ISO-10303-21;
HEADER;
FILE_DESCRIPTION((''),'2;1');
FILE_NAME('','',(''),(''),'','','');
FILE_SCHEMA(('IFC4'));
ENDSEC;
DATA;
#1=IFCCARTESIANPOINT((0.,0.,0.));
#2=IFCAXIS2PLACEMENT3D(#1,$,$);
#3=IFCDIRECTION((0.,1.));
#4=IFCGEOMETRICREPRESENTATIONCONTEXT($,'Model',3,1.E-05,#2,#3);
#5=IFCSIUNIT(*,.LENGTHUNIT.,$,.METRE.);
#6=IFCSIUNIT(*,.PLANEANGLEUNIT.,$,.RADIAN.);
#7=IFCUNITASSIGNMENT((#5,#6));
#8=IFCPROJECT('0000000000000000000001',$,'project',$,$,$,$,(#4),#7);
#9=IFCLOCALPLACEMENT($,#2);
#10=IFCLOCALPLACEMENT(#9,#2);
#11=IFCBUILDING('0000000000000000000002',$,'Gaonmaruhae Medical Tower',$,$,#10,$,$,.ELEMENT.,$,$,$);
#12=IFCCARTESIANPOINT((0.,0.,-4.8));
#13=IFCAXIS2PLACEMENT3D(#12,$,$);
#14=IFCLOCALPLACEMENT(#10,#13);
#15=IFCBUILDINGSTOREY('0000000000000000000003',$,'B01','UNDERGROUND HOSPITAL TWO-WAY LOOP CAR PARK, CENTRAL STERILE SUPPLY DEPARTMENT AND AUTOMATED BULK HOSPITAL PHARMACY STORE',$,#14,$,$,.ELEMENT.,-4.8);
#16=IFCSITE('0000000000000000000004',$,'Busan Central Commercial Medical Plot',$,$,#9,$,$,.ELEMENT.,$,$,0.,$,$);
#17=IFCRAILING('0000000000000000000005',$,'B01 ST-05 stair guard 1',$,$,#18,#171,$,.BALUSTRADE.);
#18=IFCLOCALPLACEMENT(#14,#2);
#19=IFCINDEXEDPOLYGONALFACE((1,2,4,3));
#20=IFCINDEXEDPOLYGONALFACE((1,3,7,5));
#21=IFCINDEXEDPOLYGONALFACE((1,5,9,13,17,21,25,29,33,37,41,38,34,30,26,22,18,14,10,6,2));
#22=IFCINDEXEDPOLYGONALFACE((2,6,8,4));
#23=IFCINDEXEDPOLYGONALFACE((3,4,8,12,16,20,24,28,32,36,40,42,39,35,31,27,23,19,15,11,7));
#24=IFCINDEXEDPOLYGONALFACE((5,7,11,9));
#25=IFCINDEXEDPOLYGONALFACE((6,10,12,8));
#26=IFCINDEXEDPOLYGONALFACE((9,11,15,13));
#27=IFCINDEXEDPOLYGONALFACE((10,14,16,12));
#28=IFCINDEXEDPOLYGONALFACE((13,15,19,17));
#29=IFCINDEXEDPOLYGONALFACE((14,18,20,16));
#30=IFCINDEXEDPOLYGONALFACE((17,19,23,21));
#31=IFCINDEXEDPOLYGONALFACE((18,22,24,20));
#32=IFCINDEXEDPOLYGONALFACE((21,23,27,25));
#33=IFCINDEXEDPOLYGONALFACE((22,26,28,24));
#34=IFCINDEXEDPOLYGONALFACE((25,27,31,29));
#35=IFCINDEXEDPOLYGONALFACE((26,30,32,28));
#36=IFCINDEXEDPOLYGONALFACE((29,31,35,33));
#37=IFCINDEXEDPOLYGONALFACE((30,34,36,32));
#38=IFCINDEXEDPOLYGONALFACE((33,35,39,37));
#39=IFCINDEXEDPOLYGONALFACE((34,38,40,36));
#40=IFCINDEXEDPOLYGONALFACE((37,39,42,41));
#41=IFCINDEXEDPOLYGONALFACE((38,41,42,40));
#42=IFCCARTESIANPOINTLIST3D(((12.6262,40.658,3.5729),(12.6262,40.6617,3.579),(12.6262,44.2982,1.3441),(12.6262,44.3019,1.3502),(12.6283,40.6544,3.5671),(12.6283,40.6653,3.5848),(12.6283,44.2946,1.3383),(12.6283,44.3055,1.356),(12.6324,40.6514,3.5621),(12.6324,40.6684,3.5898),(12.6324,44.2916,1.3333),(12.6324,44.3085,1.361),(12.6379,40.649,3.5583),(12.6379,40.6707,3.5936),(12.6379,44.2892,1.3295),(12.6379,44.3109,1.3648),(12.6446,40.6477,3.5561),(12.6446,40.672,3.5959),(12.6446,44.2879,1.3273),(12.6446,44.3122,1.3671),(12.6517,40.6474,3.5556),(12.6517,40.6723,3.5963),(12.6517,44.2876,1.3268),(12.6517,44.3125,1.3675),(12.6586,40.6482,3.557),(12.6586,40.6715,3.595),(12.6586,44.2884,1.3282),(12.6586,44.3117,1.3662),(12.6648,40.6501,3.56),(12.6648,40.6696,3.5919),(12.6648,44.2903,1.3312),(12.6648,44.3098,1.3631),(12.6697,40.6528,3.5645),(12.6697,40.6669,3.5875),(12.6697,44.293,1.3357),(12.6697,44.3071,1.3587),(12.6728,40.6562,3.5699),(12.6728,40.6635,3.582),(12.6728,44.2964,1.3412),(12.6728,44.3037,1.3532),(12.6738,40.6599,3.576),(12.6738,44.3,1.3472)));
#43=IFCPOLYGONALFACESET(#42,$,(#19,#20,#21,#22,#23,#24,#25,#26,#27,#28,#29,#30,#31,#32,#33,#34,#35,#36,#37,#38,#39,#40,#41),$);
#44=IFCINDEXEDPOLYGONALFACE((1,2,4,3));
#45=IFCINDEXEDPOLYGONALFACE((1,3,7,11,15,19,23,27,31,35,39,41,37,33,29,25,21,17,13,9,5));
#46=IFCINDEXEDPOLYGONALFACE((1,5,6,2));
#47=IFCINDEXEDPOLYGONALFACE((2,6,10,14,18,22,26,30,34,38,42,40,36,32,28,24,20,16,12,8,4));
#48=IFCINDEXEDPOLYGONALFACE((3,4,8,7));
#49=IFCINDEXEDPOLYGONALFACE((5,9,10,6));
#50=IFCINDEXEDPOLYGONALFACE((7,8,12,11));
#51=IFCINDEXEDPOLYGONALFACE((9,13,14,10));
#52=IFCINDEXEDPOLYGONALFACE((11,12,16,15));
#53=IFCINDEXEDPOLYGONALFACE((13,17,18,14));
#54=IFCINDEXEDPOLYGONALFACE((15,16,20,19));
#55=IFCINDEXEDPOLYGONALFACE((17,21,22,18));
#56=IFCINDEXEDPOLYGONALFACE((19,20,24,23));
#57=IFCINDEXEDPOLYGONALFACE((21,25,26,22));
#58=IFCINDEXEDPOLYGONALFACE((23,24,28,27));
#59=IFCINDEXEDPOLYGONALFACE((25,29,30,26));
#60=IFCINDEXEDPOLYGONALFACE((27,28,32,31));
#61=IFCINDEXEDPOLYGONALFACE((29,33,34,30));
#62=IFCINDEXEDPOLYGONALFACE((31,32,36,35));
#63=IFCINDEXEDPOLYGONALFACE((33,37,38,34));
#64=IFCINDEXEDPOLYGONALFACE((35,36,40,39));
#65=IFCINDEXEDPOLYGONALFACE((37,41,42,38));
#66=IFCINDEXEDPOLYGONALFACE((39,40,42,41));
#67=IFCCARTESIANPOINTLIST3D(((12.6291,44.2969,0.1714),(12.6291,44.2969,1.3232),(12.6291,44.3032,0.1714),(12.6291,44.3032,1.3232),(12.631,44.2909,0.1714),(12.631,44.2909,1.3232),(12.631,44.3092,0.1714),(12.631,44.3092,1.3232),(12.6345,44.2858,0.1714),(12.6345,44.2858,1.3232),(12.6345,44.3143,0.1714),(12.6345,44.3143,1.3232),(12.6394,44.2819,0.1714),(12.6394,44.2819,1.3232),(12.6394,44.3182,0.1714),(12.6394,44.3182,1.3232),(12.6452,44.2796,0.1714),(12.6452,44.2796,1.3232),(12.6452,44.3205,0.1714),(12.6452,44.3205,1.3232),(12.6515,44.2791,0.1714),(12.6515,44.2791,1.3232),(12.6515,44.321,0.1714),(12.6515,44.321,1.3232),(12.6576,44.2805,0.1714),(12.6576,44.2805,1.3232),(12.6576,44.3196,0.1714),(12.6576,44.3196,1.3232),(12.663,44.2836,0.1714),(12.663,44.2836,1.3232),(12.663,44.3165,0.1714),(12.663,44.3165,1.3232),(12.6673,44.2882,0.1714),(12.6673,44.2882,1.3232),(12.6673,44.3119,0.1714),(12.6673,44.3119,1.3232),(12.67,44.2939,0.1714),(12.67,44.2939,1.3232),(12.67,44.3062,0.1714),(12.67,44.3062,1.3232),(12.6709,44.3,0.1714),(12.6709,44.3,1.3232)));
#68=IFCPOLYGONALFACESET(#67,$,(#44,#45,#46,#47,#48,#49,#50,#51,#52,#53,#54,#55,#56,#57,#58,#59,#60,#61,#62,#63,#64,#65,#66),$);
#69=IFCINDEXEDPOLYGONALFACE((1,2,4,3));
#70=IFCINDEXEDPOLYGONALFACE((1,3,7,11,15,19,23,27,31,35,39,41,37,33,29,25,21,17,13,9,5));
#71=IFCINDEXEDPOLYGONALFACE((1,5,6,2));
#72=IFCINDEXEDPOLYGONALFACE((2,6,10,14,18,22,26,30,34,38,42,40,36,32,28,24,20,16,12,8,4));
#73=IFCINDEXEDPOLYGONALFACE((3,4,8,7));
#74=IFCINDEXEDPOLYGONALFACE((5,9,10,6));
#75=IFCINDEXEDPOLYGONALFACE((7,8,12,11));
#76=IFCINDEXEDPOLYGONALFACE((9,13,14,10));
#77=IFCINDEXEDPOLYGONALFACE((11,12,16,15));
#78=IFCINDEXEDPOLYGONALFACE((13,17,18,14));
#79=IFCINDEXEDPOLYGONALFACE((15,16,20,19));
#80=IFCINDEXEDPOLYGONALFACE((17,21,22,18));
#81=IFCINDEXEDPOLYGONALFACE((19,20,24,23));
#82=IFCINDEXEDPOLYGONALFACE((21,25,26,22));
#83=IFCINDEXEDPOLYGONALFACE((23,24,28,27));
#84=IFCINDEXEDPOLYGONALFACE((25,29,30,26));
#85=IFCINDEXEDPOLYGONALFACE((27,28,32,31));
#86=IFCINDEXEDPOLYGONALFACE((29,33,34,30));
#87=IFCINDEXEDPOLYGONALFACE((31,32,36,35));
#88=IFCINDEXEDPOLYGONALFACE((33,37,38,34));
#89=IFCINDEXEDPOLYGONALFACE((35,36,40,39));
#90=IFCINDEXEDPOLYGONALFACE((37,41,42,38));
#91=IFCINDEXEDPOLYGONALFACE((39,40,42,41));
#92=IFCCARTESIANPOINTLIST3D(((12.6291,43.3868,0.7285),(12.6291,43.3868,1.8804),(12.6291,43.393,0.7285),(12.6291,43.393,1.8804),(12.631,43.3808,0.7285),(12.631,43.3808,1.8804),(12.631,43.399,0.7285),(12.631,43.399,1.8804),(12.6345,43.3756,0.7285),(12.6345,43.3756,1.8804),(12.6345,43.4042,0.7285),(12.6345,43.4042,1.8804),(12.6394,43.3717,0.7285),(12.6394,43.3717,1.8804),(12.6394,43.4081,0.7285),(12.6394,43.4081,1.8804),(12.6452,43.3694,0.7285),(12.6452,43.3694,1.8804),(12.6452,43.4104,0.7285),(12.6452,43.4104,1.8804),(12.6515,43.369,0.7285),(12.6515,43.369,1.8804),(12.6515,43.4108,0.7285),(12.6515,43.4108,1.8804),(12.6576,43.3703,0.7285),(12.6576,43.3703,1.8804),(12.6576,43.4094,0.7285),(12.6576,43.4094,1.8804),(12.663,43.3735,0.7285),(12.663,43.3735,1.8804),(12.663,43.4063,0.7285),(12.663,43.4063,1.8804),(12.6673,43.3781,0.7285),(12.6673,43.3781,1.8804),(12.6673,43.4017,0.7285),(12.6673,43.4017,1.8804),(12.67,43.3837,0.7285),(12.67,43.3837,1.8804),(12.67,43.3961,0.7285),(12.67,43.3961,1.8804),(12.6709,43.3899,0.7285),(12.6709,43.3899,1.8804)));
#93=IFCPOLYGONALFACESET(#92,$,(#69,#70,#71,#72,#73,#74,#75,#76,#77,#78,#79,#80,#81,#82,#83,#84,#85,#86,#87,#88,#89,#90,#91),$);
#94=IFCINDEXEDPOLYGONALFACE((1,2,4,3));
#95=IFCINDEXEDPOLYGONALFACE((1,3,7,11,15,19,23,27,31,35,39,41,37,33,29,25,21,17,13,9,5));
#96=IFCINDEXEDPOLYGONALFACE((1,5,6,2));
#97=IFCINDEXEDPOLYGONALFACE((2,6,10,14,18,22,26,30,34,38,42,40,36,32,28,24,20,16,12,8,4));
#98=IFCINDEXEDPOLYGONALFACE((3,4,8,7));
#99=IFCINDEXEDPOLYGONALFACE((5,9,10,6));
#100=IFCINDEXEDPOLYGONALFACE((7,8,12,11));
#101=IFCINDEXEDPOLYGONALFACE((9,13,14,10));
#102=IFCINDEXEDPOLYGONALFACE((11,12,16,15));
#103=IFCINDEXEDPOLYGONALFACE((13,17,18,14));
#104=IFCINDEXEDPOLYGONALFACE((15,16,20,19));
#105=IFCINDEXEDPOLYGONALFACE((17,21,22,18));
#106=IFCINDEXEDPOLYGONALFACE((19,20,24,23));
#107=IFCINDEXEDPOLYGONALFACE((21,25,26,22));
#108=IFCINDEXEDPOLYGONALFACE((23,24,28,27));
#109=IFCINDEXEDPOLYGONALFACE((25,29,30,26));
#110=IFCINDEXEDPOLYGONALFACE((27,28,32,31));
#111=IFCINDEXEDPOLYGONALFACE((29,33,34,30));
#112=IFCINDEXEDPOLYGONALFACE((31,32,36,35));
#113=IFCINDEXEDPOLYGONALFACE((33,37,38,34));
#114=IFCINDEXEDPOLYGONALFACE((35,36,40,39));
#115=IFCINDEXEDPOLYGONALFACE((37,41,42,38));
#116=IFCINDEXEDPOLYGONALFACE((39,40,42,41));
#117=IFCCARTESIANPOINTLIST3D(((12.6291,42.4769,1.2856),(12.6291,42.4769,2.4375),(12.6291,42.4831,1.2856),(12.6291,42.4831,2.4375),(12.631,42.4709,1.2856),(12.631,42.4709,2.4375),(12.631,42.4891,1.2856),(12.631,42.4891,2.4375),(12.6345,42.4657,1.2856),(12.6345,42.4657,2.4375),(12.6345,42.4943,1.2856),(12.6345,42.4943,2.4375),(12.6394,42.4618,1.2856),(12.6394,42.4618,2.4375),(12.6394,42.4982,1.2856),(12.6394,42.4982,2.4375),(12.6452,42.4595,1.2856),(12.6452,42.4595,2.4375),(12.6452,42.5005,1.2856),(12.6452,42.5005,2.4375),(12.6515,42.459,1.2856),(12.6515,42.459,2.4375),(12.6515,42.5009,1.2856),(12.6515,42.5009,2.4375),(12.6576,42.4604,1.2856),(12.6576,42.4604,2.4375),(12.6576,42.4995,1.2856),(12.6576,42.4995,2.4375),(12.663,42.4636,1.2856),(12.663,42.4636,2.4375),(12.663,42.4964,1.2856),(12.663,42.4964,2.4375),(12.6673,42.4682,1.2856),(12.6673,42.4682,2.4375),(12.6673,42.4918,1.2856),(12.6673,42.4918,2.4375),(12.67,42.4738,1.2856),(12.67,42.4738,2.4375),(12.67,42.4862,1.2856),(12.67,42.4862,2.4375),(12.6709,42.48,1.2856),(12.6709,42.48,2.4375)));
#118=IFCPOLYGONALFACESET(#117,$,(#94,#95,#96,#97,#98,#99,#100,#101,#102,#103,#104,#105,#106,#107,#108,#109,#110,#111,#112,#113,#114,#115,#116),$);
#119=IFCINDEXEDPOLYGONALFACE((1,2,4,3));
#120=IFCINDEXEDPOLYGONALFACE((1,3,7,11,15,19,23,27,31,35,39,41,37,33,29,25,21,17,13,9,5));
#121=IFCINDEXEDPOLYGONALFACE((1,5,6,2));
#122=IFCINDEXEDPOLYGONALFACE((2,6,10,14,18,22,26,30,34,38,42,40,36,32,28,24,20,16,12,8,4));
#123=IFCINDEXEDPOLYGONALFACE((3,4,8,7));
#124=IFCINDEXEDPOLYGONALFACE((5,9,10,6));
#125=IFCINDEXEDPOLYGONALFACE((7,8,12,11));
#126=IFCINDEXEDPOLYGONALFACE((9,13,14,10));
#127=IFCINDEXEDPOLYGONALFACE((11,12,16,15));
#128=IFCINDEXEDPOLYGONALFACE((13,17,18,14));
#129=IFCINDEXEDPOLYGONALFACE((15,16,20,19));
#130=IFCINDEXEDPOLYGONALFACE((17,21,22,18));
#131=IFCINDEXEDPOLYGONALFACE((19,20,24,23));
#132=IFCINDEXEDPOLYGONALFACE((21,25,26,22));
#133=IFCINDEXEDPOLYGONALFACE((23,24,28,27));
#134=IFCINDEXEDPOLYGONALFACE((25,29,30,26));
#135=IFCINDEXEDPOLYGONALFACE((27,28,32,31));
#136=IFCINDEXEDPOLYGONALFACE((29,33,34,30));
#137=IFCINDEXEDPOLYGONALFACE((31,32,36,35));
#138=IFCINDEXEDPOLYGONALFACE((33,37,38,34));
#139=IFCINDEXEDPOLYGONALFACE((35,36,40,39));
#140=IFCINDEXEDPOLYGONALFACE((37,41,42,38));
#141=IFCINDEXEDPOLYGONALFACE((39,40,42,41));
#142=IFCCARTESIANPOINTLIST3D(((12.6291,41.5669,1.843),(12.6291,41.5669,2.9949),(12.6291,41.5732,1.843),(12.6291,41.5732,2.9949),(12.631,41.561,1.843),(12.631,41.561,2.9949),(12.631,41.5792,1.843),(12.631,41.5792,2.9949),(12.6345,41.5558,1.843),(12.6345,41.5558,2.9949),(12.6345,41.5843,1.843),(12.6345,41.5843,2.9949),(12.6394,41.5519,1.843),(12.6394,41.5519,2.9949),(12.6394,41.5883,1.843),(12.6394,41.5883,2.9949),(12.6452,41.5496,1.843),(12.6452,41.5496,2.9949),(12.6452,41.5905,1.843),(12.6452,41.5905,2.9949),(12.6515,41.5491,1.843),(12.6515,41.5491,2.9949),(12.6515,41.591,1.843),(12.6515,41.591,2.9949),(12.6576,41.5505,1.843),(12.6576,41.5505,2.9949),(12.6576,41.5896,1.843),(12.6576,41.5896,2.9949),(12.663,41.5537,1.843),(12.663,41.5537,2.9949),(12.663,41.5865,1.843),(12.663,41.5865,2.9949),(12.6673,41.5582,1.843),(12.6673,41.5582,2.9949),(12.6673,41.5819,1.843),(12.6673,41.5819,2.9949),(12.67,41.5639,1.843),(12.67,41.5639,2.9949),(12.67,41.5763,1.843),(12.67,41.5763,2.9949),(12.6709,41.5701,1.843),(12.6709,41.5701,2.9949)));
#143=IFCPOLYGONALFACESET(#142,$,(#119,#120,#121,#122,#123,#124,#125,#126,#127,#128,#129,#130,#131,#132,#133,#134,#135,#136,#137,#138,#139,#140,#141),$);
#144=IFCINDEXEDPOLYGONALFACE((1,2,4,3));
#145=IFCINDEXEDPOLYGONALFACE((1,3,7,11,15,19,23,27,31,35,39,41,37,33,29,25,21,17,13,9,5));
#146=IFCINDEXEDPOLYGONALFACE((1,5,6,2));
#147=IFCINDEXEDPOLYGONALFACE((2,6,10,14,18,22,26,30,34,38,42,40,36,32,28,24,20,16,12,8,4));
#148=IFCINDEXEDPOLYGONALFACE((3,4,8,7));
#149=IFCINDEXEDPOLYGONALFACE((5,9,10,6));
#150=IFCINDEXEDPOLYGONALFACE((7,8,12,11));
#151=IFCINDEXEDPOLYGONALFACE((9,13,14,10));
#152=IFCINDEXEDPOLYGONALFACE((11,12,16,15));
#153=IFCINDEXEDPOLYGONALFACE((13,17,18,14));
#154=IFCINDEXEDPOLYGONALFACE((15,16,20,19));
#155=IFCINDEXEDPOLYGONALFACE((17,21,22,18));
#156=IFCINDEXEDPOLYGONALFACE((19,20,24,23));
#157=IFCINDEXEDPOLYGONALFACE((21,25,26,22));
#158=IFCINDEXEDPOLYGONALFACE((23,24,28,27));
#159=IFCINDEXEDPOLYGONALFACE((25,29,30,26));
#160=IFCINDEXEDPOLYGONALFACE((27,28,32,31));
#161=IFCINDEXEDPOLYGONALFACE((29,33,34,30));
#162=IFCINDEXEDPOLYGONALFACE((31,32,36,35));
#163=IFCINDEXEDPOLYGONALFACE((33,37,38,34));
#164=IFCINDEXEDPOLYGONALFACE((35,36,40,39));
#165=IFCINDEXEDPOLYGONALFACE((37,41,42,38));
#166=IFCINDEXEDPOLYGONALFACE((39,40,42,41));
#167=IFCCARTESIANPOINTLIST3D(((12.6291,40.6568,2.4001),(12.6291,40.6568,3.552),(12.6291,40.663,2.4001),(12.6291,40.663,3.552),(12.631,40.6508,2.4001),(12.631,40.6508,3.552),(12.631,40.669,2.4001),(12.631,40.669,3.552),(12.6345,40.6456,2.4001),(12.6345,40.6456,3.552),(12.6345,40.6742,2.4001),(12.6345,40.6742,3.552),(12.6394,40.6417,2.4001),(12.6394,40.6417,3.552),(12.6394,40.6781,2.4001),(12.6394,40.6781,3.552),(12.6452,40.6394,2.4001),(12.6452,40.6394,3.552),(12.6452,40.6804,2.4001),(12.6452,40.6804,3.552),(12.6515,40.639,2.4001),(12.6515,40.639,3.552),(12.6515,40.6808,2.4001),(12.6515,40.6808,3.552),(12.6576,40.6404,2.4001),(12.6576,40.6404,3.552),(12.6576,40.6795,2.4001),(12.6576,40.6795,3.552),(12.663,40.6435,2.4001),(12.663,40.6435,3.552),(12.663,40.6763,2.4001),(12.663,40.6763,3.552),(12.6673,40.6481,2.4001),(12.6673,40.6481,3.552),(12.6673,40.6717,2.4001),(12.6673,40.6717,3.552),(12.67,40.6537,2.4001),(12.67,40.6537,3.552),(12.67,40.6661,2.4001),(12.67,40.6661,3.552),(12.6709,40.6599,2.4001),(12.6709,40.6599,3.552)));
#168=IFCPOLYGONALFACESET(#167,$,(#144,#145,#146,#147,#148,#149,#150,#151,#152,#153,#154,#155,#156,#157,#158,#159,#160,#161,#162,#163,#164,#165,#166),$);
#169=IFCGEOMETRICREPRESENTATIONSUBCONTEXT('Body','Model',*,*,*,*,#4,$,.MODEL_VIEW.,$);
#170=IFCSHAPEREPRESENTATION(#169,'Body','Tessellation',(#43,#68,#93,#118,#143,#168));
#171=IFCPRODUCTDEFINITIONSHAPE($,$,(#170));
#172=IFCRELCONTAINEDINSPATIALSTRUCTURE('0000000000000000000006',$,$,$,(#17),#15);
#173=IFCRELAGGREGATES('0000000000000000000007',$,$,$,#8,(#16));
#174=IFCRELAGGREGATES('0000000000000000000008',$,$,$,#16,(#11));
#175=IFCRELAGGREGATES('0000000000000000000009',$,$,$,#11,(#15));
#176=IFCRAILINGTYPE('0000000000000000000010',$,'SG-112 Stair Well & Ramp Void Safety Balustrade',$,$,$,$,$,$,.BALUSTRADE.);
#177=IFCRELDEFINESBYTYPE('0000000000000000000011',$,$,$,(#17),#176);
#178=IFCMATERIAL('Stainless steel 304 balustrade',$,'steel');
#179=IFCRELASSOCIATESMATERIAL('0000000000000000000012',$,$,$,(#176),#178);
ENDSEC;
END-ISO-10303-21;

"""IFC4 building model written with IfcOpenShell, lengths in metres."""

from ifc_helpers import new_model, si_unit, direction, frame, origin, origin_2d, place, context, subcontext, project, spatial, circle, extrude, material, type_object, element, save


model = new_model("IFC4")

# Units and contexts
model_context = context("Model", 3, precision=1e-05, world=origin(), true_north=direction((0.0, 1.0)))
body_context = subcontext(model_context, "Body", "Model", "MODEL_VIEW")
ifc_project = project(units=[si_unit("LENGTHUNIT", "METRE"), si_unit("PLANEANGLEUNIT", "RADIAN")], contexts=[model_context])

# Site, building, storey
site_placement = place(None, origin())
site = spatial("IfcSite", under=ifc_project, at=site_placement, Name="Busan Central Commercial Medical Plot", CompositionType="ELEMENT", RefElevation=0.0)
building_placement = place(site_placement, origin())
building = spatial("IfcBuilding", under=site, at=building_placement, Name="Gaonmaruhae Medical Tower", CompositionType="ELEMENT")
storey_placement = place(building_placement, frame((0.0, 0.0, -4.8)))
storey = spatial("IfcBuildingStorey", under=building, at=storey_placement, Name="B01", Description="UNDERGROUND HOSPITAL TWO-WAY LOOP CAR PARK, CENTRAL STERILE SUPPLY DEPARTMENT AND AUTOMATED BULK HOSPITAL PHARMACY STORE", CompositionType="ELEMENT", Elevation=-4.8)

# Railing
ifc_material_1 = material(Name="Stainless steel 304 balustrade", Category="steel")
railing_type_1 = type_object("IfcRailingType", Name="SG-112 Stair Well & Ramp Void Safety Balustrade", PredefinedType="BALUSTRADE", material=ifc_material_1)
railing_1_placement = place(storey_placement, frame((12.6499, 44.3, 0.1714)))
element("IfcRailing", 1, at=railing_1_placement, inside=storey, type_object=railing_type_1, Name="B01 ST-05 stair guard 1", PredefinedType="BALUSTRADE", context=body_context, shape_type="SweptSolid", body=[
    extrude(circle(Radius=0.0239, at=origin_2d()), frame((0.0, 0.0, 1.1758), z_axis=(0.0, -0.85284, 0.522172), x_axis=(1.0, 0.0, 0.0)), (0.0, 0.0, 1.0), 4.2683),
    extrude(circle(Radius=0.021, at=origin_2d()), origin(), (0.0, 0.0, 1.0), 1.1519),
    extrude(circle(Radius=0.021, at=origin_2d()), frame((0.0, -0.9102, 0.5571)), (0.0, 0.0, 1.0), 1.1519),
    extrude(circle(Radius=0.021, at=origin_2d()), frame((0.0, -1.8201, 1.1143)), (0.0, 0.0, 1.0), 1.1519),
    extrude(circle(Radius=0.021, at=origin_2d()), frame((0.0, -2.73, 1.6716)), (0.0, 0.0, 1.0), 1.1519),
    extrude(circle(Radius=0.021, at=origin_2d()), frame((0.0, -3.6401, 2.2288)), (0.0, 0.0, 1.0), 1.1519),
])

save(model, "model.ifc")
